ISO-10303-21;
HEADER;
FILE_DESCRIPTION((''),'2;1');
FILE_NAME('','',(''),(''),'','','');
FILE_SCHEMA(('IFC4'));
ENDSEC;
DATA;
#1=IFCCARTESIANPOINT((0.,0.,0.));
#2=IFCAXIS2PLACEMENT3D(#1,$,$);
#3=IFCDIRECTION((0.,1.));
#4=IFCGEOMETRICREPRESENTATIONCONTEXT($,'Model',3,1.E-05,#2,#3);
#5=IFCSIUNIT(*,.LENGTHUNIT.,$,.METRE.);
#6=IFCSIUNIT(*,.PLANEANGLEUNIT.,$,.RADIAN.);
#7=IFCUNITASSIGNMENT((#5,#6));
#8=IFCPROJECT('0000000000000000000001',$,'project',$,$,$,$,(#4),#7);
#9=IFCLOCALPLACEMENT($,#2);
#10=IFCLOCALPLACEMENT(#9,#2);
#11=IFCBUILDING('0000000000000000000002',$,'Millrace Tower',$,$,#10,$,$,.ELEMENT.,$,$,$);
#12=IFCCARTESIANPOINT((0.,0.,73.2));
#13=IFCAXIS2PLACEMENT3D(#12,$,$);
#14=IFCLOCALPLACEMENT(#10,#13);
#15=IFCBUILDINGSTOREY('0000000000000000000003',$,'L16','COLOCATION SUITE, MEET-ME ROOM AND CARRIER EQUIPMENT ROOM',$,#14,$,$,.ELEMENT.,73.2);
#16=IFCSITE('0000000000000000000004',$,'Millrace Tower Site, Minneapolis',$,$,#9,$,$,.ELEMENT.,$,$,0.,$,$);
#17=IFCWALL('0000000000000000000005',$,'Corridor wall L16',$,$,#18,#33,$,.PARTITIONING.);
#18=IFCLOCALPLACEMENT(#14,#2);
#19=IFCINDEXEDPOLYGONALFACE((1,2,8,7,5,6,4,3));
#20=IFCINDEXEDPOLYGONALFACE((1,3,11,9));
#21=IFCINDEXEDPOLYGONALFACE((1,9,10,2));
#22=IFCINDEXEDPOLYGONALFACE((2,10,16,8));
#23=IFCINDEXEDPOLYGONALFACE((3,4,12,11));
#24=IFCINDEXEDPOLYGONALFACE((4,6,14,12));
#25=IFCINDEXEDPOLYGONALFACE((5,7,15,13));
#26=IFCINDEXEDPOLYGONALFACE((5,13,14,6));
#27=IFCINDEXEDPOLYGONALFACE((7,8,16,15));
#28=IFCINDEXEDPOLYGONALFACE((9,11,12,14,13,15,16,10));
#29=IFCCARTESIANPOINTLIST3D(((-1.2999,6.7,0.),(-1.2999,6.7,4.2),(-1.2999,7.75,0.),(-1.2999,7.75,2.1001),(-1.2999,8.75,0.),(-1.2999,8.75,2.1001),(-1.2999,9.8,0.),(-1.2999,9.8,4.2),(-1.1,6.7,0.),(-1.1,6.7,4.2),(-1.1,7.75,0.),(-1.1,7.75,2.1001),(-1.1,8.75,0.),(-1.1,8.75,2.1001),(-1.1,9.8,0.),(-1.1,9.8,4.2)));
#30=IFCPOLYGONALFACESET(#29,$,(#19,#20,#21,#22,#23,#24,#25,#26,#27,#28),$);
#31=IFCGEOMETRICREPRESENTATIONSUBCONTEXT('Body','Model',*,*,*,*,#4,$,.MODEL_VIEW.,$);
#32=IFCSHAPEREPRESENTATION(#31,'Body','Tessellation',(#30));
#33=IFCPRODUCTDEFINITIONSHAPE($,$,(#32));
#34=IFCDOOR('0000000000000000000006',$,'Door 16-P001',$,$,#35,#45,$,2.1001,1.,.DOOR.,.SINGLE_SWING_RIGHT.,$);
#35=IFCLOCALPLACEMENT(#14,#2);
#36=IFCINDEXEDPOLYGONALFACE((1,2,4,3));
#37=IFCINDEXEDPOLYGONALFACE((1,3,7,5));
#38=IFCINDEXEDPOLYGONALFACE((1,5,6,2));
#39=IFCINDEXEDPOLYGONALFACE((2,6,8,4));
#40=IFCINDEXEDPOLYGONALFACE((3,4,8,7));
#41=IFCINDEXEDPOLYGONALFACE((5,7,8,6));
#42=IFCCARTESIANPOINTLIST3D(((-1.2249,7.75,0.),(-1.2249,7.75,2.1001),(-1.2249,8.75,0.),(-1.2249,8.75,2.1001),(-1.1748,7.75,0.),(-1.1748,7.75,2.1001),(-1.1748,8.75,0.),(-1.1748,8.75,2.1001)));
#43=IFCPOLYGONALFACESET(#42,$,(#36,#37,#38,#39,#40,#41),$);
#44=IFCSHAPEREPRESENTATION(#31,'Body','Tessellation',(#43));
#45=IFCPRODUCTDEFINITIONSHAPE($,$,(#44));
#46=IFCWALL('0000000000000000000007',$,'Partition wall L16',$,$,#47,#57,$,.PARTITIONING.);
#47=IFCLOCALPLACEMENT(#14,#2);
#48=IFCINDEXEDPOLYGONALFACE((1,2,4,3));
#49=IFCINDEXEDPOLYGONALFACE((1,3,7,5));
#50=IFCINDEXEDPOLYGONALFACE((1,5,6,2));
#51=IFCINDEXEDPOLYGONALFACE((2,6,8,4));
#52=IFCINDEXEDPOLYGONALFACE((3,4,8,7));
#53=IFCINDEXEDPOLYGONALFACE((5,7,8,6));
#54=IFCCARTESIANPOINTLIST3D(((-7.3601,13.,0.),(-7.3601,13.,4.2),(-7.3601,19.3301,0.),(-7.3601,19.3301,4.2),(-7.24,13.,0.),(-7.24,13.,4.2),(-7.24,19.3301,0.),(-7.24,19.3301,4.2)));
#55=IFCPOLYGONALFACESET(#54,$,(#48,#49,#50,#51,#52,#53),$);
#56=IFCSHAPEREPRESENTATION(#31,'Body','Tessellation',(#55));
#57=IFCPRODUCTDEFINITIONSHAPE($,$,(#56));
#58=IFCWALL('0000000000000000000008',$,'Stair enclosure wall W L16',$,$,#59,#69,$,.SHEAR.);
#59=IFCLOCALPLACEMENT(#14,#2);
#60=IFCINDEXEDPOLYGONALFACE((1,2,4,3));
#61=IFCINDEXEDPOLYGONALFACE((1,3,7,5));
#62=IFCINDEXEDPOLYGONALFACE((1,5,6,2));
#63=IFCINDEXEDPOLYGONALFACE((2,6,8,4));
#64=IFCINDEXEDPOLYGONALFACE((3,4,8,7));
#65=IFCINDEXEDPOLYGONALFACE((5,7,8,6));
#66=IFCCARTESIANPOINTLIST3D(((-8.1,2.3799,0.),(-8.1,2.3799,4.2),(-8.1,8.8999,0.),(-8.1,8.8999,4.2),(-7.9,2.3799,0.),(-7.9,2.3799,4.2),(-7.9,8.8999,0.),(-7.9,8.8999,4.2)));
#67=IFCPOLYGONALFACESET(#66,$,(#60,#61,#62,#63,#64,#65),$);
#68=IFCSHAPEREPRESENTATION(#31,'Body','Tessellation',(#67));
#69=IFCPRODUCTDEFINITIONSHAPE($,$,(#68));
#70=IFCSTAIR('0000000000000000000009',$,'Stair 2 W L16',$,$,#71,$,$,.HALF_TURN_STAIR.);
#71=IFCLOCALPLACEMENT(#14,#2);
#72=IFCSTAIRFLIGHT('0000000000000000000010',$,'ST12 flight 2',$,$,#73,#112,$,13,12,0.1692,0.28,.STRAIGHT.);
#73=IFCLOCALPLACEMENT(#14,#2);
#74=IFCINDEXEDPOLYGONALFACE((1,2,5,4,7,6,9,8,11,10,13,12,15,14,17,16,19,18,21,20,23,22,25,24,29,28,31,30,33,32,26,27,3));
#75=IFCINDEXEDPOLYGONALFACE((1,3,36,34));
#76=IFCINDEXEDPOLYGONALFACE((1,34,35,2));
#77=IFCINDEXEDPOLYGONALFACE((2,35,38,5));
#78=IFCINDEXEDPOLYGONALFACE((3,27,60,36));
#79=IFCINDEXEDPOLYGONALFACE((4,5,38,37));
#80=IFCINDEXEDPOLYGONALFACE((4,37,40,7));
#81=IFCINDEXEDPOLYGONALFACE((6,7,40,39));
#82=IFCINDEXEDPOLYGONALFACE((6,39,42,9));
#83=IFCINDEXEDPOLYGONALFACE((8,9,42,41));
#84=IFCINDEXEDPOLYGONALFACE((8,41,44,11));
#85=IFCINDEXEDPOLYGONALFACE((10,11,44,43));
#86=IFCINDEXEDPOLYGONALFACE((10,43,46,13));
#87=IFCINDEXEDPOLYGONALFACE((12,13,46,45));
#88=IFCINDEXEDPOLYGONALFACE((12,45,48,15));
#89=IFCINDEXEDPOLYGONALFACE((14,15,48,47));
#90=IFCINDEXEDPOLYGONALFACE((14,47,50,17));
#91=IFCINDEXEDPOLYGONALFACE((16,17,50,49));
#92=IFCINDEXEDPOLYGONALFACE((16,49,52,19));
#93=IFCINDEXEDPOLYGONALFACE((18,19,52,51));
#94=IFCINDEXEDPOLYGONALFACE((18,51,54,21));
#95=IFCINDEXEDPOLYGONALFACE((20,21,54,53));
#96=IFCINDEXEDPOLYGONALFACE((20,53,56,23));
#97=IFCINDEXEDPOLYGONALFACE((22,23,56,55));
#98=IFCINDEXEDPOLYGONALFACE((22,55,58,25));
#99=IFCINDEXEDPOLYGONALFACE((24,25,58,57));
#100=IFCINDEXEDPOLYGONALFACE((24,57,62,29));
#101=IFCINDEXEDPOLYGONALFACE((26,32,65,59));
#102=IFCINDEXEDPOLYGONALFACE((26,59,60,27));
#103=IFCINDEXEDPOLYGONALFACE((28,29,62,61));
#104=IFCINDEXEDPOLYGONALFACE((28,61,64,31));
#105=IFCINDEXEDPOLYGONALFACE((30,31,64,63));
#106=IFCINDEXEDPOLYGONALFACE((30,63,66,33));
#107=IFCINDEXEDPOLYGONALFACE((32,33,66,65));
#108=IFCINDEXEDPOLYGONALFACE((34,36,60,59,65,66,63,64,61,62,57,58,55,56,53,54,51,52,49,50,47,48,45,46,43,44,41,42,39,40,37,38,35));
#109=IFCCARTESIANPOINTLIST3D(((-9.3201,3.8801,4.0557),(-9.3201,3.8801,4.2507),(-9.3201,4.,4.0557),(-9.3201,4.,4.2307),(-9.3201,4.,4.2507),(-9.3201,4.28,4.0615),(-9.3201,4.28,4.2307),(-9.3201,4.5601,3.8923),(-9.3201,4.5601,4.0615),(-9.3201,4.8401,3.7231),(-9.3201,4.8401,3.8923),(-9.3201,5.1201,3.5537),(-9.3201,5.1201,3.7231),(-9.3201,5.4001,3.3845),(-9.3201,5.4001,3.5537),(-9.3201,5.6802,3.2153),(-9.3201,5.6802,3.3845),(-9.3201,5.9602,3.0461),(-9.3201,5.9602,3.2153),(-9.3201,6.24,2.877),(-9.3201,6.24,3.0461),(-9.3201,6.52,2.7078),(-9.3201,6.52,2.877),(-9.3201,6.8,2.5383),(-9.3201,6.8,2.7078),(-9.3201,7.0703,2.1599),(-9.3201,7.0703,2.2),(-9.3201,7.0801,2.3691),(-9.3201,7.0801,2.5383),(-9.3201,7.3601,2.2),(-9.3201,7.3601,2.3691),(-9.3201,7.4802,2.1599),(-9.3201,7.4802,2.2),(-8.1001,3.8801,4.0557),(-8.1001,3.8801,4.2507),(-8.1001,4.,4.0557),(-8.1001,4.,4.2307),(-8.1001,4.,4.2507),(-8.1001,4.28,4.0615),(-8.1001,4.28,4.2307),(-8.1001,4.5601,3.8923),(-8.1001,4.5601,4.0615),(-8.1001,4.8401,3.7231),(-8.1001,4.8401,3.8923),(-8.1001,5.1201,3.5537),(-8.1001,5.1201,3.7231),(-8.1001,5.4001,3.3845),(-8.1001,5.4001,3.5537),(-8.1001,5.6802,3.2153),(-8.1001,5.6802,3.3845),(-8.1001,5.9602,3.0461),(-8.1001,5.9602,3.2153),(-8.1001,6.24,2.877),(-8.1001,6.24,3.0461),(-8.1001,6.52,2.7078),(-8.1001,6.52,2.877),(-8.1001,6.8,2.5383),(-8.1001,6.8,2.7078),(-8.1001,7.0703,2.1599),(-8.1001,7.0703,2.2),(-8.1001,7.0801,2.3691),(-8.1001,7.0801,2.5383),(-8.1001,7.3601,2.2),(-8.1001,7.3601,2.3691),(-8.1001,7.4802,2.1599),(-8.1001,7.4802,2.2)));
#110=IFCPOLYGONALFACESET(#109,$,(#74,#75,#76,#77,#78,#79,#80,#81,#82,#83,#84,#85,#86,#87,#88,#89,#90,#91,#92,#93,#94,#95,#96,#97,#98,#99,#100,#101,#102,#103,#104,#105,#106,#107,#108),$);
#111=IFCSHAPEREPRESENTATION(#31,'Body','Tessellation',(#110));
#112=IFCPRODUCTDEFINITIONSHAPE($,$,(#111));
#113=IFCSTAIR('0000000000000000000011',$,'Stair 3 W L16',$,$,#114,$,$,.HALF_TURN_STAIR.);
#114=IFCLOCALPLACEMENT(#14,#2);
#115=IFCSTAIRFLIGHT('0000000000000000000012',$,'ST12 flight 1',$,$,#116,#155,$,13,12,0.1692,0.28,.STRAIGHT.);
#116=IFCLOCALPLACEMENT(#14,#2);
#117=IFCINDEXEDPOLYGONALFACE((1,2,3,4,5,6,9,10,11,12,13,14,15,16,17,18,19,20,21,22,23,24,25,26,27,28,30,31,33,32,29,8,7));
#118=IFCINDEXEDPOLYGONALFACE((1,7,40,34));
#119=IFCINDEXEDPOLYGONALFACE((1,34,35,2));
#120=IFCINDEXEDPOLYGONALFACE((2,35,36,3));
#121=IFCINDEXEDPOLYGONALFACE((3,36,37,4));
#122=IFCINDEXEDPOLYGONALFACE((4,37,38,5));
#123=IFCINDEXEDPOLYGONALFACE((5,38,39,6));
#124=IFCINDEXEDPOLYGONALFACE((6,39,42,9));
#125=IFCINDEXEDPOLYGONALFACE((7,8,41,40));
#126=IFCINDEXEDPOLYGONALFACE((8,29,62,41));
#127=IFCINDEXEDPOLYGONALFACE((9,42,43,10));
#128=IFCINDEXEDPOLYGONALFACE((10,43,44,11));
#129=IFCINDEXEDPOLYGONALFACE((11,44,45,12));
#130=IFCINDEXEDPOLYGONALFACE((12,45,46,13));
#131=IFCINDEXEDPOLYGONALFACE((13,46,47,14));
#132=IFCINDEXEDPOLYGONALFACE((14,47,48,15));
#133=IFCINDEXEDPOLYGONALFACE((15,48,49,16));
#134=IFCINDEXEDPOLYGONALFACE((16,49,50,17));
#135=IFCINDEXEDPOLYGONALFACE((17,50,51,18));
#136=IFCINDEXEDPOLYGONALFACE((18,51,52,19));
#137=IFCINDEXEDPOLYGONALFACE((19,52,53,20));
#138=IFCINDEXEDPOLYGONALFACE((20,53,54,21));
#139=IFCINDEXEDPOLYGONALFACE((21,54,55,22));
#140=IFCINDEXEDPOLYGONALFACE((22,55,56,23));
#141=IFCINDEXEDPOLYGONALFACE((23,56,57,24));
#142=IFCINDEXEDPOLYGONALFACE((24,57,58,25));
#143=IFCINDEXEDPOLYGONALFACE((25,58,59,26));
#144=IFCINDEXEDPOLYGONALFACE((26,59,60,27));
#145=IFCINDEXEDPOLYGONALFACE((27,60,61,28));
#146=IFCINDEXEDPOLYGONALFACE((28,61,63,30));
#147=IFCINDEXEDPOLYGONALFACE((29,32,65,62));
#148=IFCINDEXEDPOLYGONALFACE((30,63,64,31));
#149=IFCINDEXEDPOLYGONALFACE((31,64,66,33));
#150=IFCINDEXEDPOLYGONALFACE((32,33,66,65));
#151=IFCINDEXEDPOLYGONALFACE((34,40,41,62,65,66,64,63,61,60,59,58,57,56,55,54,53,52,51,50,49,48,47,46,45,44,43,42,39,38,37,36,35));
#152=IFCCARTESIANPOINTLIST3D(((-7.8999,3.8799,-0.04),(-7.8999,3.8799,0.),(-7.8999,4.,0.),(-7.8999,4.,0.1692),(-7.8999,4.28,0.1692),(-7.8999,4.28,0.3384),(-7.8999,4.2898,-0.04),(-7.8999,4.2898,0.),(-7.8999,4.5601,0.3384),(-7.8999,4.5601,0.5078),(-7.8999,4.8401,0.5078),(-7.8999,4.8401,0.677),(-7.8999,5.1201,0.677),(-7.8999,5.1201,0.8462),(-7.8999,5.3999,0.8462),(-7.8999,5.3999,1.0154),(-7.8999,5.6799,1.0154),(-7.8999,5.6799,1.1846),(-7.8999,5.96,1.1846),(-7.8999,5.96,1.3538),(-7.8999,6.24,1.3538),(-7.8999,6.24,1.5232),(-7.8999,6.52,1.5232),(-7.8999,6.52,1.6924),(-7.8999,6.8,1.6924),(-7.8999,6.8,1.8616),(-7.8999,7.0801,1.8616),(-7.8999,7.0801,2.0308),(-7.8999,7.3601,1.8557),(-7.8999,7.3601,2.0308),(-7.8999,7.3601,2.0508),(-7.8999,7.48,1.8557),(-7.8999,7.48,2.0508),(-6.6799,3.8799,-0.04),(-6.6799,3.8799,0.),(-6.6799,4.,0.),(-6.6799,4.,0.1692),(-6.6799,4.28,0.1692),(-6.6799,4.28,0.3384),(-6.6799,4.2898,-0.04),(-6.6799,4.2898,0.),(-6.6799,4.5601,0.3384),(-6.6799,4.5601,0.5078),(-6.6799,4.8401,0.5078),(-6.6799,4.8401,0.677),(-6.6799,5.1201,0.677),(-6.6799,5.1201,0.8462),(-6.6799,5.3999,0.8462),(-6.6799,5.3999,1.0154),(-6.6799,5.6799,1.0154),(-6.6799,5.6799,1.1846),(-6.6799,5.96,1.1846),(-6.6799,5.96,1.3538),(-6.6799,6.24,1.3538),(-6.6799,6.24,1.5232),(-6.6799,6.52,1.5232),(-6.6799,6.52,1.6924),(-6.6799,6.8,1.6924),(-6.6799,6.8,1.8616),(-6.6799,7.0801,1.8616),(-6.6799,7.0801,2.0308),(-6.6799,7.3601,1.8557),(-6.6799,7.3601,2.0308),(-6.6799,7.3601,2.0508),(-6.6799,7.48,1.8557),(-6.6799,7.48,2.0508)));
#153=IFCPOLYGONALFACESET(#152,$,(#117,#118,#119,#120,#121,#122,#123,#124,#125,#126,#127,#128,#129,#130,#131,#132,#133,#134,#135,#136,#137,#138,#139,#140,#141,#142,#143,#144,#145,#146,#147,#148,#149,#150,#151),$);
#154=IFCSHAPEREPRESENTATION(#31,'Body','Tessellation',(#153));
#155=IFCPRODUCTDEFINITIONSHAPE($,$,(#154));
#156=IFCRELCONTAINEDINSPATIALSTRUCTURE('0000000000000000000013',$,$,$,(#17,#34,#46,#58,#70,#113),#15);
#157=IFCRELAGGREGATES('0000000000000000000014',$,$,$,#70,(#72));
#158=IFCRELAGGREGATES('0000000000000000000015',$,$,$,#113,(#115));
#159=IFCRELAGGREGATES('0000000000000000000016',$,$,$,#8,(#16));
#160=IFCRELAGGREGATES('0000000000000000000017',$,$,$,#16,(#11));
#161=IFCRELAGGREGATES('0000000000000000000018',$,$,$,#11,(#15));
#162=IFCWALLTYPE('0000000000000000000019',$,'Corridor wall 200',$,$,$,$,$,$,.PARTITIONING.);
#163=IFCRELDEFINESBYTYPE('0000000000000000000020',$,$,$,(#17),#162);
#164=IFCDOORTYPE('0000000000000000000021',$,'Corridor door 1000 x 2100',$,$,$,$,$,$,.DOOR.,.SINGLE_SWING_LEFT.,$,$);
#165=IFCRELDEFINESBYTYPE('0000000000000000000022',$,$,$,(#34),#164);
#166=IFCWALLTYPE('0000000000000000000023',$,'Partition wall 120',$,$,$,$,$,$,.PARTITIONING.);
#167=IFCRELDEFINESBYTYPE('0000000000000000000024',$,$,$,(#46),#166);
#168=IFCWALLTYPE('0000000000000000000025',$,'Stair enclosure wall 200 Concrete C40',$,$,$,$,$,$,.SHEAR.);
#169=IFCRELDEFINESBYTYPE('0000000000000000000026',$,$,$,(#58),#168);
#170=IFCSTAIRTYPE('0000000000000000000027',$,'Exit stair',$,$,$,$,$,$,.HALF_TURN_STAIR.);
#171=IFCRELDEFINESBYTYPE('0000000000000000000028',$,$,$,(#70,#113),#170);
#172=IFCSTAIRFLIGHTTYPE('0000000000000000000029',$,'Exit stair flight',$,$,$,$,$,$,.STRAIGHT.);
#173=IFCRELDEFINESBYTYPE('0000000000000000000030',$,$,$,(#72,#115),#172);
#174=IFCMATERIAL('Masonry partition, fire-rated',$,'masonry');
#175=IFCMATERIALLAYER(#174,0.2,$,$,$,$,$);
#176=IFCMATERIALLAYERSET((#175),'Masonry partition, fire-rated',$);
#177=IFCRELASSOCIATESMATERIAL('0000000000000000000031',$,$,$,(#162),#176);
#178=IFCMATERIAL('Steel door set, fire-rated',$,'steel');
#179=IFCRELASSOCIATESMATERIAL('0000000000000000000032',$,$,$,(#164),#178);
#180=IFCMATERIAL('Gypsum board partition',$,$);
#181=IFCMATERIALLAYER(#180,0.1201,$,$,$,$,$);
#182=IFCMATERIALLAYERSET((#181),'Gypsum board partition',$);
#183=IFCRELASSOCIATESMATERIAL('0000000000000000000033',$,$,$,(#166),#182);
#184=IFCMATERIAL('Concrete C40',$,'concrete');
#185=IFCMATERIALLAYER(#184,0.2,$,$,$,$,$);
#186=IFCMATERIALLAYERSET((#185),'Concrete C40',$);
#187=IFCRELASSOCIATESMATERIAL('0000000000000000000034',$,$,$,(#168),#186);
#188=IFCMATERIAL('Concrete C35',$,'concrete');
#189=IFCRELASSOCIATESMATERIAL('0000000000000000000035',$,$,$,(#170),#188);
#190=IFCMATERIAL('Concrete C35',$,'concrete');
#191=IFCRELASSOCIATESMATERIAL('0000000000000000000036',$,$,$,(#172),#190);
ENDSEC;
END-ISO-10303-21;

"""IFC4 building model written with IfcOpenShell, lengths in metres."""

from ifc_helpers import new_model, si_unit, direction, frame, frame_2d, origin, place, context, subcontext, project, spatial, polyline, rectangle, outline, extrude, material, layer, layer_set, type_object, element, fill, aggregate, save


model = new_model("IFC4")

# Units and contexts
model_context = context("Model", 3, precision=1e-05, world=origin(), true_north=direction((0.0, 1.0)))
body_context = subcontext(model_context, "Body", "Model", "MODEL_VIEW")
ifc_project = project(units=[si_unit("LENGTHUNIT", "METRE"), si_unit("PLANEANGLEUNIT", "RADIAN")], contexts=[model_context])

# Site, building, storey
site_placement = place(None, origin())
site = spatial("IfcSite", under=ifc_project, at=site_placement, Name="Millrace Tower Site, Minneapolis", CompositionType="ELEMENT", RefElevation=0.0)
building_placement = place(site_placement, origin())
building = spatial("IfcBuilding", under=site, at=building_placement, Name="Millrace Tower", CompositionType="ELEMENT")
storey_placement = place(building_placement, frame((0.0, 0.0, 73.2)))
storey = spatial("IfcBuildingStorey", under=building, at=storey_placement, Name="L16", Description="COLOCATION SUITE, MEET-ME ROOM AND CARRIER EQUIPMENT ROOM", CompositionType="ELEMENT", Elevation=73.2)

# Shared definitions
placement = place(storey_placement, origin())

# Shared definitions
ifc_material_1 = material(Name="Masonry partition, fire-rated", Category="masonry")
ifc_layer_1 = layer(ifc_material_1, 0.2)
ifc_layer_set_1 = layer_set([ifc_layer_1], Name="Masonry partition, fire-rated")
wall_type_1 = type_object("IfcWallType", Name="Corridor wall 200", PredefinedType="PARTITIONING", material=ifc_layer_set_1)

# Wall, opening, door
wall_1_placement = place(storey_placement, frame((-1.2, 6.7, 0.0), z_axis=(0.0, 0.0, 1.0), x_axis=(0.0, 1.0, 0.0)))
wall_1 = element("IfcWall", 1, at=wall_1_placement, inside=storey, type_object=wall_type_1, Name="Corridor wall L16", PredefinedType="PARTITIONING", context=body_context, shape_type="SweptSolid", body=[
    extrude(rectangle(XDim=3.1001, YDim=0.2, at=frame_2d((1.55, 0.0))), origin(), (0.0, 0.0, 1.0), 4.2),
])
opening_placement = place(wall_1_placement, frame((1.05, 0.0, 0.0)))
opening = element("IfcOpeningElement", 2, at=opening_placement, cuts=wall_1, PredefinedType="OPENING", context=body_context, shape_type="SweptSolid", body=[
    extrude(rectangle(XDim=1.0, YDim=2.1001, at=frame_2d((0.5, 1.05))), frame((0.0, 0.1099, 0.0), z_axis=(0.0, -1.0, 0.0), x_axis=(1.0, 0.0, 0.0)), (0.0, 0.0, 1.0), 0.22),
])
ifc_material_2 = material(Name="Steel door set, fire-rated", Category="steel")
door_type = type_object("IfcDoorType", Name="Corridor door 1000 x 2100", OperationType="SINGLE_SWING_LEFT", PredefinedType="DOOR", material=ifc_material_2)
door_placement = place(opening_placement, origin())
door = element("IfcDoor", 3, at=door_placement, inside=storey, type_object=door_type, Name="Door 16-P001", OperationType="SINGLE_SWING_RIGHT", OverallHeight=2.1001, OverallWidth=1.0, PredefinedType="DOOR", context=body_context, shape_type="SweptSolid", body=[
    extrude(rectangle(XDim=1.0, YDim=2.1001, at=frame_2d((0.5, 1.05))), frame((0.0, 0.0249, 0.0), z_axis=(0.0, -1.0, 0.0), x_axis=(1.0, 0.0, 0.0)), (0.0, 0.0, 1.0), 0.05),
])
fill(opening, door)

# Walls
ifc_material_3 = material(Name="Gypsum board partition")
ifc_layer_2 = layer(ifc_material_3, 0.1201)
ifc_layer_set_2 = layer_set([ifc_layer_2], Name="Gypsum board partition")
wall_type_2 = type_object("IfcWallType", Name="Partition wall 120", PredefinedType="PARTITIONING", material=ifc_layer_set_2)
wall_2_placement = place(storey_placement, frame((-7.3, 13.0, 0.0), z_axis=(0.0, 0.0, 1.0), x_axis=(0.0, 1.0, 0.0)))
element("IfcWall", 4, at=wall_2_placement, inside=storey, type_object=wall_type_2, Name="Partition wall L16", PredefinedType="PARTITIONING", context=body_context, shape_type="SweptSolid", body=[
    extrude(rectangle(XDim=6.3301, YDim=0.1201, at=frame_2d((3.165, 0.0))), origin(), (0.0, 0.0, 1.0), 4.2),
])
ifc_material_4 = material(Name="Concrete C40", Category="concrete")
ifc_layer_3 = layer(ifc_material_4, 0.2)
ifc_layer_set_3 = layer_set([ifc_layer_3], Name="Concrete C40")
wall_type_3 = type_object("IfcWallType", Name="Stair enclosure wall 200 Concrete C40", PredefinedType="SHEAR", material=ifc_layer_set_3)
wall_3_placement = place(storey_placement, frame((-8.0, 2.3799, 0.0), z_axis=(0.0, 0.0, 1.0), x_axis=(0.0, 1.0, 0.0)))
element("IfcWall", 5, at=wall_3_placement, inside=storey, type_object=wall_type_3, Name="Stair enclosure wall W L16", PredefinedType="SHEAR", context=body_context, shape_type="SweptSolid", body=[
    extrude(rectangle(XDim=6.52, YDim=0.2, at=frame_2d((3.26, 0.0))), origin(), (0.0, 0.0, 1.0), 4.2),
])

# Stair, stair flight
ifc_material_5 = material(Name="Concrete C35", Category="concrete")
stair_type = type_object("IfcStairType", Name="Exit stair", PredefinedType="HALF_TURN_STAIR", material=ifc_material_5)
stair_1 = element("IfcStair", 6, at=placement, inside=storey, type_object=stair_type, Name="Stair 2 W L16", PredefinedType="HALF_TURN_STAIR")
ifc_material_6 = material(Name="Concrete C35", Category="concrete")
stair_flight_type = type_object("IfcStairFlightType", Name="Exit stair flight", PredefinedType="STRAIGHT", material=ifc_material_6)
stair_flight_1_placement = place(storey_placement, frame((-8.71, 7.3601, 2.2), z_axis=(0.0, 0.0, 1.0), x_axis=(0.0, -1.0, 0.0)))
stair_flight_1 = element("IfcStairFlight", 7, at=stair_flight_1_placement, type_object=stair_flight_type, Name="ST12 flight 2", NumberOfRisers=13, NumberOfTreads=12, PredefinedType="STRAIGHT", RiserHeight=0.1692, TreadLength=0.28, context=body_context, shape_type="SweptSolid", body=[
    extrude(outline(polyline([(-0.1201, -0.04), (-0.1201, 0.0), (0.0, 0.0), (0.0, 0.1692), (0.28, 0.1692), (0.28, 0.3384), (0.5601, 0.3384), (0.5601, 0.5078), (0.8401, 0.5078), (0.8401, 0.677), (1.1201, 0.677), (1.1201, 0.8462), (1.3999, 0.8462), (1.3999, 1.0154), (1.6799, 1.0154), (1.6799, 1.1846), (1.96, 1.1846), (1.96, 1.3538), (2.24, 1.3538), (2.24, 1.5232), (2.52, 1.5232), (2.52, 1.6924), (2.8, 1.6924), (2.8, 1.8616), (3.0801, 1.8616), (3.0801, 2.0308), (3.3601, 2.0308), (3.3601, 2.0508), (3.48, 2.0508), (3.48, 1.8557), (3.3601, 1.8557), (0.2898, 0.0), (0.2898, -0.04), (-0.1201, -0.04)])), frame((0.0, 0.6099, 0.0), z_axis=(0.0, -1.0, 0.0), x_axis=(1.0, 0.0, 0.0)), (0.0, 0.0, 1.0), 1.22),
])
aggregate(stair_1, [stair_flight_1])

# Stair, stair flight
stair_2 = element("IfcStair", 8, at=placement, inside=storey, type_object=stair_type, Name="Stair 3 W L16", PredefinedType="HALF_TURN_STAIR")
stair_flight_2_placement = place(storey_placement, frame((-7.29, 4.0, 0.0), z_axis=(0.0, 0.0, 1.0), x_axis=(0.0, 1.0, 0.0)))
stair_flight_2 = element("IfcStairFlight", 9, at=stair_flight_2_placement, type_object=stair_flight_type, Name="ST12 flight 1", NumberOfRisers=13, NumberOfTreads=12, PredefinedType="STRAIGHT", RiserHeight=0.1692, TreadLength=0.28, context=body_context, shape_type="SweptSolid", body=[
    extrude(outline(polyline([(-0.1201, -0.04), (-0.1201, 0.0), (0.0, 0.0), (0.0, 0.1692), (0.28, 0.1692), (0.28, 0.3384), (0.5601, 0.3384), (0.5601, 0.5078), (0.8401, 0.5078), (0.8401, 0.677), (1.1201, 0.677), (1.1201, 0.8462), (1.3999, 0.8462), (1.3999, 1.0154), (1.6799, 1.0154), (1.6799, 1.1846), (1.96, 1.1846), (1.96, 1.3538), (2.24, 1.3538), (2.24, 1.5232), (2.52, 1.5232), (2.52, 1.6924), (2.8, 1.6924), (2.8, 1.8616), (3.0801, 1.8616), (3.0801, 2.0308), (3.3601, 2.0308), (3.3601, 2.0508), (3.48, 2.0508), (3.48, 1.8557), (3.3601, 1.8557), (0.2898, 0.0), (0.2898, -0.04), (-0.1201, -0.04)])), frame((0.0, 0.6099, 0.0), z_axis=(0.0, -1.0, 0.0), x_axis=(1.0, 0.0, 0.0)), (0.0, 0.0, 1.0), 1.22),
])
aggregate(stair_2, [stair_flight_2])

save(model, "model.ifc")
